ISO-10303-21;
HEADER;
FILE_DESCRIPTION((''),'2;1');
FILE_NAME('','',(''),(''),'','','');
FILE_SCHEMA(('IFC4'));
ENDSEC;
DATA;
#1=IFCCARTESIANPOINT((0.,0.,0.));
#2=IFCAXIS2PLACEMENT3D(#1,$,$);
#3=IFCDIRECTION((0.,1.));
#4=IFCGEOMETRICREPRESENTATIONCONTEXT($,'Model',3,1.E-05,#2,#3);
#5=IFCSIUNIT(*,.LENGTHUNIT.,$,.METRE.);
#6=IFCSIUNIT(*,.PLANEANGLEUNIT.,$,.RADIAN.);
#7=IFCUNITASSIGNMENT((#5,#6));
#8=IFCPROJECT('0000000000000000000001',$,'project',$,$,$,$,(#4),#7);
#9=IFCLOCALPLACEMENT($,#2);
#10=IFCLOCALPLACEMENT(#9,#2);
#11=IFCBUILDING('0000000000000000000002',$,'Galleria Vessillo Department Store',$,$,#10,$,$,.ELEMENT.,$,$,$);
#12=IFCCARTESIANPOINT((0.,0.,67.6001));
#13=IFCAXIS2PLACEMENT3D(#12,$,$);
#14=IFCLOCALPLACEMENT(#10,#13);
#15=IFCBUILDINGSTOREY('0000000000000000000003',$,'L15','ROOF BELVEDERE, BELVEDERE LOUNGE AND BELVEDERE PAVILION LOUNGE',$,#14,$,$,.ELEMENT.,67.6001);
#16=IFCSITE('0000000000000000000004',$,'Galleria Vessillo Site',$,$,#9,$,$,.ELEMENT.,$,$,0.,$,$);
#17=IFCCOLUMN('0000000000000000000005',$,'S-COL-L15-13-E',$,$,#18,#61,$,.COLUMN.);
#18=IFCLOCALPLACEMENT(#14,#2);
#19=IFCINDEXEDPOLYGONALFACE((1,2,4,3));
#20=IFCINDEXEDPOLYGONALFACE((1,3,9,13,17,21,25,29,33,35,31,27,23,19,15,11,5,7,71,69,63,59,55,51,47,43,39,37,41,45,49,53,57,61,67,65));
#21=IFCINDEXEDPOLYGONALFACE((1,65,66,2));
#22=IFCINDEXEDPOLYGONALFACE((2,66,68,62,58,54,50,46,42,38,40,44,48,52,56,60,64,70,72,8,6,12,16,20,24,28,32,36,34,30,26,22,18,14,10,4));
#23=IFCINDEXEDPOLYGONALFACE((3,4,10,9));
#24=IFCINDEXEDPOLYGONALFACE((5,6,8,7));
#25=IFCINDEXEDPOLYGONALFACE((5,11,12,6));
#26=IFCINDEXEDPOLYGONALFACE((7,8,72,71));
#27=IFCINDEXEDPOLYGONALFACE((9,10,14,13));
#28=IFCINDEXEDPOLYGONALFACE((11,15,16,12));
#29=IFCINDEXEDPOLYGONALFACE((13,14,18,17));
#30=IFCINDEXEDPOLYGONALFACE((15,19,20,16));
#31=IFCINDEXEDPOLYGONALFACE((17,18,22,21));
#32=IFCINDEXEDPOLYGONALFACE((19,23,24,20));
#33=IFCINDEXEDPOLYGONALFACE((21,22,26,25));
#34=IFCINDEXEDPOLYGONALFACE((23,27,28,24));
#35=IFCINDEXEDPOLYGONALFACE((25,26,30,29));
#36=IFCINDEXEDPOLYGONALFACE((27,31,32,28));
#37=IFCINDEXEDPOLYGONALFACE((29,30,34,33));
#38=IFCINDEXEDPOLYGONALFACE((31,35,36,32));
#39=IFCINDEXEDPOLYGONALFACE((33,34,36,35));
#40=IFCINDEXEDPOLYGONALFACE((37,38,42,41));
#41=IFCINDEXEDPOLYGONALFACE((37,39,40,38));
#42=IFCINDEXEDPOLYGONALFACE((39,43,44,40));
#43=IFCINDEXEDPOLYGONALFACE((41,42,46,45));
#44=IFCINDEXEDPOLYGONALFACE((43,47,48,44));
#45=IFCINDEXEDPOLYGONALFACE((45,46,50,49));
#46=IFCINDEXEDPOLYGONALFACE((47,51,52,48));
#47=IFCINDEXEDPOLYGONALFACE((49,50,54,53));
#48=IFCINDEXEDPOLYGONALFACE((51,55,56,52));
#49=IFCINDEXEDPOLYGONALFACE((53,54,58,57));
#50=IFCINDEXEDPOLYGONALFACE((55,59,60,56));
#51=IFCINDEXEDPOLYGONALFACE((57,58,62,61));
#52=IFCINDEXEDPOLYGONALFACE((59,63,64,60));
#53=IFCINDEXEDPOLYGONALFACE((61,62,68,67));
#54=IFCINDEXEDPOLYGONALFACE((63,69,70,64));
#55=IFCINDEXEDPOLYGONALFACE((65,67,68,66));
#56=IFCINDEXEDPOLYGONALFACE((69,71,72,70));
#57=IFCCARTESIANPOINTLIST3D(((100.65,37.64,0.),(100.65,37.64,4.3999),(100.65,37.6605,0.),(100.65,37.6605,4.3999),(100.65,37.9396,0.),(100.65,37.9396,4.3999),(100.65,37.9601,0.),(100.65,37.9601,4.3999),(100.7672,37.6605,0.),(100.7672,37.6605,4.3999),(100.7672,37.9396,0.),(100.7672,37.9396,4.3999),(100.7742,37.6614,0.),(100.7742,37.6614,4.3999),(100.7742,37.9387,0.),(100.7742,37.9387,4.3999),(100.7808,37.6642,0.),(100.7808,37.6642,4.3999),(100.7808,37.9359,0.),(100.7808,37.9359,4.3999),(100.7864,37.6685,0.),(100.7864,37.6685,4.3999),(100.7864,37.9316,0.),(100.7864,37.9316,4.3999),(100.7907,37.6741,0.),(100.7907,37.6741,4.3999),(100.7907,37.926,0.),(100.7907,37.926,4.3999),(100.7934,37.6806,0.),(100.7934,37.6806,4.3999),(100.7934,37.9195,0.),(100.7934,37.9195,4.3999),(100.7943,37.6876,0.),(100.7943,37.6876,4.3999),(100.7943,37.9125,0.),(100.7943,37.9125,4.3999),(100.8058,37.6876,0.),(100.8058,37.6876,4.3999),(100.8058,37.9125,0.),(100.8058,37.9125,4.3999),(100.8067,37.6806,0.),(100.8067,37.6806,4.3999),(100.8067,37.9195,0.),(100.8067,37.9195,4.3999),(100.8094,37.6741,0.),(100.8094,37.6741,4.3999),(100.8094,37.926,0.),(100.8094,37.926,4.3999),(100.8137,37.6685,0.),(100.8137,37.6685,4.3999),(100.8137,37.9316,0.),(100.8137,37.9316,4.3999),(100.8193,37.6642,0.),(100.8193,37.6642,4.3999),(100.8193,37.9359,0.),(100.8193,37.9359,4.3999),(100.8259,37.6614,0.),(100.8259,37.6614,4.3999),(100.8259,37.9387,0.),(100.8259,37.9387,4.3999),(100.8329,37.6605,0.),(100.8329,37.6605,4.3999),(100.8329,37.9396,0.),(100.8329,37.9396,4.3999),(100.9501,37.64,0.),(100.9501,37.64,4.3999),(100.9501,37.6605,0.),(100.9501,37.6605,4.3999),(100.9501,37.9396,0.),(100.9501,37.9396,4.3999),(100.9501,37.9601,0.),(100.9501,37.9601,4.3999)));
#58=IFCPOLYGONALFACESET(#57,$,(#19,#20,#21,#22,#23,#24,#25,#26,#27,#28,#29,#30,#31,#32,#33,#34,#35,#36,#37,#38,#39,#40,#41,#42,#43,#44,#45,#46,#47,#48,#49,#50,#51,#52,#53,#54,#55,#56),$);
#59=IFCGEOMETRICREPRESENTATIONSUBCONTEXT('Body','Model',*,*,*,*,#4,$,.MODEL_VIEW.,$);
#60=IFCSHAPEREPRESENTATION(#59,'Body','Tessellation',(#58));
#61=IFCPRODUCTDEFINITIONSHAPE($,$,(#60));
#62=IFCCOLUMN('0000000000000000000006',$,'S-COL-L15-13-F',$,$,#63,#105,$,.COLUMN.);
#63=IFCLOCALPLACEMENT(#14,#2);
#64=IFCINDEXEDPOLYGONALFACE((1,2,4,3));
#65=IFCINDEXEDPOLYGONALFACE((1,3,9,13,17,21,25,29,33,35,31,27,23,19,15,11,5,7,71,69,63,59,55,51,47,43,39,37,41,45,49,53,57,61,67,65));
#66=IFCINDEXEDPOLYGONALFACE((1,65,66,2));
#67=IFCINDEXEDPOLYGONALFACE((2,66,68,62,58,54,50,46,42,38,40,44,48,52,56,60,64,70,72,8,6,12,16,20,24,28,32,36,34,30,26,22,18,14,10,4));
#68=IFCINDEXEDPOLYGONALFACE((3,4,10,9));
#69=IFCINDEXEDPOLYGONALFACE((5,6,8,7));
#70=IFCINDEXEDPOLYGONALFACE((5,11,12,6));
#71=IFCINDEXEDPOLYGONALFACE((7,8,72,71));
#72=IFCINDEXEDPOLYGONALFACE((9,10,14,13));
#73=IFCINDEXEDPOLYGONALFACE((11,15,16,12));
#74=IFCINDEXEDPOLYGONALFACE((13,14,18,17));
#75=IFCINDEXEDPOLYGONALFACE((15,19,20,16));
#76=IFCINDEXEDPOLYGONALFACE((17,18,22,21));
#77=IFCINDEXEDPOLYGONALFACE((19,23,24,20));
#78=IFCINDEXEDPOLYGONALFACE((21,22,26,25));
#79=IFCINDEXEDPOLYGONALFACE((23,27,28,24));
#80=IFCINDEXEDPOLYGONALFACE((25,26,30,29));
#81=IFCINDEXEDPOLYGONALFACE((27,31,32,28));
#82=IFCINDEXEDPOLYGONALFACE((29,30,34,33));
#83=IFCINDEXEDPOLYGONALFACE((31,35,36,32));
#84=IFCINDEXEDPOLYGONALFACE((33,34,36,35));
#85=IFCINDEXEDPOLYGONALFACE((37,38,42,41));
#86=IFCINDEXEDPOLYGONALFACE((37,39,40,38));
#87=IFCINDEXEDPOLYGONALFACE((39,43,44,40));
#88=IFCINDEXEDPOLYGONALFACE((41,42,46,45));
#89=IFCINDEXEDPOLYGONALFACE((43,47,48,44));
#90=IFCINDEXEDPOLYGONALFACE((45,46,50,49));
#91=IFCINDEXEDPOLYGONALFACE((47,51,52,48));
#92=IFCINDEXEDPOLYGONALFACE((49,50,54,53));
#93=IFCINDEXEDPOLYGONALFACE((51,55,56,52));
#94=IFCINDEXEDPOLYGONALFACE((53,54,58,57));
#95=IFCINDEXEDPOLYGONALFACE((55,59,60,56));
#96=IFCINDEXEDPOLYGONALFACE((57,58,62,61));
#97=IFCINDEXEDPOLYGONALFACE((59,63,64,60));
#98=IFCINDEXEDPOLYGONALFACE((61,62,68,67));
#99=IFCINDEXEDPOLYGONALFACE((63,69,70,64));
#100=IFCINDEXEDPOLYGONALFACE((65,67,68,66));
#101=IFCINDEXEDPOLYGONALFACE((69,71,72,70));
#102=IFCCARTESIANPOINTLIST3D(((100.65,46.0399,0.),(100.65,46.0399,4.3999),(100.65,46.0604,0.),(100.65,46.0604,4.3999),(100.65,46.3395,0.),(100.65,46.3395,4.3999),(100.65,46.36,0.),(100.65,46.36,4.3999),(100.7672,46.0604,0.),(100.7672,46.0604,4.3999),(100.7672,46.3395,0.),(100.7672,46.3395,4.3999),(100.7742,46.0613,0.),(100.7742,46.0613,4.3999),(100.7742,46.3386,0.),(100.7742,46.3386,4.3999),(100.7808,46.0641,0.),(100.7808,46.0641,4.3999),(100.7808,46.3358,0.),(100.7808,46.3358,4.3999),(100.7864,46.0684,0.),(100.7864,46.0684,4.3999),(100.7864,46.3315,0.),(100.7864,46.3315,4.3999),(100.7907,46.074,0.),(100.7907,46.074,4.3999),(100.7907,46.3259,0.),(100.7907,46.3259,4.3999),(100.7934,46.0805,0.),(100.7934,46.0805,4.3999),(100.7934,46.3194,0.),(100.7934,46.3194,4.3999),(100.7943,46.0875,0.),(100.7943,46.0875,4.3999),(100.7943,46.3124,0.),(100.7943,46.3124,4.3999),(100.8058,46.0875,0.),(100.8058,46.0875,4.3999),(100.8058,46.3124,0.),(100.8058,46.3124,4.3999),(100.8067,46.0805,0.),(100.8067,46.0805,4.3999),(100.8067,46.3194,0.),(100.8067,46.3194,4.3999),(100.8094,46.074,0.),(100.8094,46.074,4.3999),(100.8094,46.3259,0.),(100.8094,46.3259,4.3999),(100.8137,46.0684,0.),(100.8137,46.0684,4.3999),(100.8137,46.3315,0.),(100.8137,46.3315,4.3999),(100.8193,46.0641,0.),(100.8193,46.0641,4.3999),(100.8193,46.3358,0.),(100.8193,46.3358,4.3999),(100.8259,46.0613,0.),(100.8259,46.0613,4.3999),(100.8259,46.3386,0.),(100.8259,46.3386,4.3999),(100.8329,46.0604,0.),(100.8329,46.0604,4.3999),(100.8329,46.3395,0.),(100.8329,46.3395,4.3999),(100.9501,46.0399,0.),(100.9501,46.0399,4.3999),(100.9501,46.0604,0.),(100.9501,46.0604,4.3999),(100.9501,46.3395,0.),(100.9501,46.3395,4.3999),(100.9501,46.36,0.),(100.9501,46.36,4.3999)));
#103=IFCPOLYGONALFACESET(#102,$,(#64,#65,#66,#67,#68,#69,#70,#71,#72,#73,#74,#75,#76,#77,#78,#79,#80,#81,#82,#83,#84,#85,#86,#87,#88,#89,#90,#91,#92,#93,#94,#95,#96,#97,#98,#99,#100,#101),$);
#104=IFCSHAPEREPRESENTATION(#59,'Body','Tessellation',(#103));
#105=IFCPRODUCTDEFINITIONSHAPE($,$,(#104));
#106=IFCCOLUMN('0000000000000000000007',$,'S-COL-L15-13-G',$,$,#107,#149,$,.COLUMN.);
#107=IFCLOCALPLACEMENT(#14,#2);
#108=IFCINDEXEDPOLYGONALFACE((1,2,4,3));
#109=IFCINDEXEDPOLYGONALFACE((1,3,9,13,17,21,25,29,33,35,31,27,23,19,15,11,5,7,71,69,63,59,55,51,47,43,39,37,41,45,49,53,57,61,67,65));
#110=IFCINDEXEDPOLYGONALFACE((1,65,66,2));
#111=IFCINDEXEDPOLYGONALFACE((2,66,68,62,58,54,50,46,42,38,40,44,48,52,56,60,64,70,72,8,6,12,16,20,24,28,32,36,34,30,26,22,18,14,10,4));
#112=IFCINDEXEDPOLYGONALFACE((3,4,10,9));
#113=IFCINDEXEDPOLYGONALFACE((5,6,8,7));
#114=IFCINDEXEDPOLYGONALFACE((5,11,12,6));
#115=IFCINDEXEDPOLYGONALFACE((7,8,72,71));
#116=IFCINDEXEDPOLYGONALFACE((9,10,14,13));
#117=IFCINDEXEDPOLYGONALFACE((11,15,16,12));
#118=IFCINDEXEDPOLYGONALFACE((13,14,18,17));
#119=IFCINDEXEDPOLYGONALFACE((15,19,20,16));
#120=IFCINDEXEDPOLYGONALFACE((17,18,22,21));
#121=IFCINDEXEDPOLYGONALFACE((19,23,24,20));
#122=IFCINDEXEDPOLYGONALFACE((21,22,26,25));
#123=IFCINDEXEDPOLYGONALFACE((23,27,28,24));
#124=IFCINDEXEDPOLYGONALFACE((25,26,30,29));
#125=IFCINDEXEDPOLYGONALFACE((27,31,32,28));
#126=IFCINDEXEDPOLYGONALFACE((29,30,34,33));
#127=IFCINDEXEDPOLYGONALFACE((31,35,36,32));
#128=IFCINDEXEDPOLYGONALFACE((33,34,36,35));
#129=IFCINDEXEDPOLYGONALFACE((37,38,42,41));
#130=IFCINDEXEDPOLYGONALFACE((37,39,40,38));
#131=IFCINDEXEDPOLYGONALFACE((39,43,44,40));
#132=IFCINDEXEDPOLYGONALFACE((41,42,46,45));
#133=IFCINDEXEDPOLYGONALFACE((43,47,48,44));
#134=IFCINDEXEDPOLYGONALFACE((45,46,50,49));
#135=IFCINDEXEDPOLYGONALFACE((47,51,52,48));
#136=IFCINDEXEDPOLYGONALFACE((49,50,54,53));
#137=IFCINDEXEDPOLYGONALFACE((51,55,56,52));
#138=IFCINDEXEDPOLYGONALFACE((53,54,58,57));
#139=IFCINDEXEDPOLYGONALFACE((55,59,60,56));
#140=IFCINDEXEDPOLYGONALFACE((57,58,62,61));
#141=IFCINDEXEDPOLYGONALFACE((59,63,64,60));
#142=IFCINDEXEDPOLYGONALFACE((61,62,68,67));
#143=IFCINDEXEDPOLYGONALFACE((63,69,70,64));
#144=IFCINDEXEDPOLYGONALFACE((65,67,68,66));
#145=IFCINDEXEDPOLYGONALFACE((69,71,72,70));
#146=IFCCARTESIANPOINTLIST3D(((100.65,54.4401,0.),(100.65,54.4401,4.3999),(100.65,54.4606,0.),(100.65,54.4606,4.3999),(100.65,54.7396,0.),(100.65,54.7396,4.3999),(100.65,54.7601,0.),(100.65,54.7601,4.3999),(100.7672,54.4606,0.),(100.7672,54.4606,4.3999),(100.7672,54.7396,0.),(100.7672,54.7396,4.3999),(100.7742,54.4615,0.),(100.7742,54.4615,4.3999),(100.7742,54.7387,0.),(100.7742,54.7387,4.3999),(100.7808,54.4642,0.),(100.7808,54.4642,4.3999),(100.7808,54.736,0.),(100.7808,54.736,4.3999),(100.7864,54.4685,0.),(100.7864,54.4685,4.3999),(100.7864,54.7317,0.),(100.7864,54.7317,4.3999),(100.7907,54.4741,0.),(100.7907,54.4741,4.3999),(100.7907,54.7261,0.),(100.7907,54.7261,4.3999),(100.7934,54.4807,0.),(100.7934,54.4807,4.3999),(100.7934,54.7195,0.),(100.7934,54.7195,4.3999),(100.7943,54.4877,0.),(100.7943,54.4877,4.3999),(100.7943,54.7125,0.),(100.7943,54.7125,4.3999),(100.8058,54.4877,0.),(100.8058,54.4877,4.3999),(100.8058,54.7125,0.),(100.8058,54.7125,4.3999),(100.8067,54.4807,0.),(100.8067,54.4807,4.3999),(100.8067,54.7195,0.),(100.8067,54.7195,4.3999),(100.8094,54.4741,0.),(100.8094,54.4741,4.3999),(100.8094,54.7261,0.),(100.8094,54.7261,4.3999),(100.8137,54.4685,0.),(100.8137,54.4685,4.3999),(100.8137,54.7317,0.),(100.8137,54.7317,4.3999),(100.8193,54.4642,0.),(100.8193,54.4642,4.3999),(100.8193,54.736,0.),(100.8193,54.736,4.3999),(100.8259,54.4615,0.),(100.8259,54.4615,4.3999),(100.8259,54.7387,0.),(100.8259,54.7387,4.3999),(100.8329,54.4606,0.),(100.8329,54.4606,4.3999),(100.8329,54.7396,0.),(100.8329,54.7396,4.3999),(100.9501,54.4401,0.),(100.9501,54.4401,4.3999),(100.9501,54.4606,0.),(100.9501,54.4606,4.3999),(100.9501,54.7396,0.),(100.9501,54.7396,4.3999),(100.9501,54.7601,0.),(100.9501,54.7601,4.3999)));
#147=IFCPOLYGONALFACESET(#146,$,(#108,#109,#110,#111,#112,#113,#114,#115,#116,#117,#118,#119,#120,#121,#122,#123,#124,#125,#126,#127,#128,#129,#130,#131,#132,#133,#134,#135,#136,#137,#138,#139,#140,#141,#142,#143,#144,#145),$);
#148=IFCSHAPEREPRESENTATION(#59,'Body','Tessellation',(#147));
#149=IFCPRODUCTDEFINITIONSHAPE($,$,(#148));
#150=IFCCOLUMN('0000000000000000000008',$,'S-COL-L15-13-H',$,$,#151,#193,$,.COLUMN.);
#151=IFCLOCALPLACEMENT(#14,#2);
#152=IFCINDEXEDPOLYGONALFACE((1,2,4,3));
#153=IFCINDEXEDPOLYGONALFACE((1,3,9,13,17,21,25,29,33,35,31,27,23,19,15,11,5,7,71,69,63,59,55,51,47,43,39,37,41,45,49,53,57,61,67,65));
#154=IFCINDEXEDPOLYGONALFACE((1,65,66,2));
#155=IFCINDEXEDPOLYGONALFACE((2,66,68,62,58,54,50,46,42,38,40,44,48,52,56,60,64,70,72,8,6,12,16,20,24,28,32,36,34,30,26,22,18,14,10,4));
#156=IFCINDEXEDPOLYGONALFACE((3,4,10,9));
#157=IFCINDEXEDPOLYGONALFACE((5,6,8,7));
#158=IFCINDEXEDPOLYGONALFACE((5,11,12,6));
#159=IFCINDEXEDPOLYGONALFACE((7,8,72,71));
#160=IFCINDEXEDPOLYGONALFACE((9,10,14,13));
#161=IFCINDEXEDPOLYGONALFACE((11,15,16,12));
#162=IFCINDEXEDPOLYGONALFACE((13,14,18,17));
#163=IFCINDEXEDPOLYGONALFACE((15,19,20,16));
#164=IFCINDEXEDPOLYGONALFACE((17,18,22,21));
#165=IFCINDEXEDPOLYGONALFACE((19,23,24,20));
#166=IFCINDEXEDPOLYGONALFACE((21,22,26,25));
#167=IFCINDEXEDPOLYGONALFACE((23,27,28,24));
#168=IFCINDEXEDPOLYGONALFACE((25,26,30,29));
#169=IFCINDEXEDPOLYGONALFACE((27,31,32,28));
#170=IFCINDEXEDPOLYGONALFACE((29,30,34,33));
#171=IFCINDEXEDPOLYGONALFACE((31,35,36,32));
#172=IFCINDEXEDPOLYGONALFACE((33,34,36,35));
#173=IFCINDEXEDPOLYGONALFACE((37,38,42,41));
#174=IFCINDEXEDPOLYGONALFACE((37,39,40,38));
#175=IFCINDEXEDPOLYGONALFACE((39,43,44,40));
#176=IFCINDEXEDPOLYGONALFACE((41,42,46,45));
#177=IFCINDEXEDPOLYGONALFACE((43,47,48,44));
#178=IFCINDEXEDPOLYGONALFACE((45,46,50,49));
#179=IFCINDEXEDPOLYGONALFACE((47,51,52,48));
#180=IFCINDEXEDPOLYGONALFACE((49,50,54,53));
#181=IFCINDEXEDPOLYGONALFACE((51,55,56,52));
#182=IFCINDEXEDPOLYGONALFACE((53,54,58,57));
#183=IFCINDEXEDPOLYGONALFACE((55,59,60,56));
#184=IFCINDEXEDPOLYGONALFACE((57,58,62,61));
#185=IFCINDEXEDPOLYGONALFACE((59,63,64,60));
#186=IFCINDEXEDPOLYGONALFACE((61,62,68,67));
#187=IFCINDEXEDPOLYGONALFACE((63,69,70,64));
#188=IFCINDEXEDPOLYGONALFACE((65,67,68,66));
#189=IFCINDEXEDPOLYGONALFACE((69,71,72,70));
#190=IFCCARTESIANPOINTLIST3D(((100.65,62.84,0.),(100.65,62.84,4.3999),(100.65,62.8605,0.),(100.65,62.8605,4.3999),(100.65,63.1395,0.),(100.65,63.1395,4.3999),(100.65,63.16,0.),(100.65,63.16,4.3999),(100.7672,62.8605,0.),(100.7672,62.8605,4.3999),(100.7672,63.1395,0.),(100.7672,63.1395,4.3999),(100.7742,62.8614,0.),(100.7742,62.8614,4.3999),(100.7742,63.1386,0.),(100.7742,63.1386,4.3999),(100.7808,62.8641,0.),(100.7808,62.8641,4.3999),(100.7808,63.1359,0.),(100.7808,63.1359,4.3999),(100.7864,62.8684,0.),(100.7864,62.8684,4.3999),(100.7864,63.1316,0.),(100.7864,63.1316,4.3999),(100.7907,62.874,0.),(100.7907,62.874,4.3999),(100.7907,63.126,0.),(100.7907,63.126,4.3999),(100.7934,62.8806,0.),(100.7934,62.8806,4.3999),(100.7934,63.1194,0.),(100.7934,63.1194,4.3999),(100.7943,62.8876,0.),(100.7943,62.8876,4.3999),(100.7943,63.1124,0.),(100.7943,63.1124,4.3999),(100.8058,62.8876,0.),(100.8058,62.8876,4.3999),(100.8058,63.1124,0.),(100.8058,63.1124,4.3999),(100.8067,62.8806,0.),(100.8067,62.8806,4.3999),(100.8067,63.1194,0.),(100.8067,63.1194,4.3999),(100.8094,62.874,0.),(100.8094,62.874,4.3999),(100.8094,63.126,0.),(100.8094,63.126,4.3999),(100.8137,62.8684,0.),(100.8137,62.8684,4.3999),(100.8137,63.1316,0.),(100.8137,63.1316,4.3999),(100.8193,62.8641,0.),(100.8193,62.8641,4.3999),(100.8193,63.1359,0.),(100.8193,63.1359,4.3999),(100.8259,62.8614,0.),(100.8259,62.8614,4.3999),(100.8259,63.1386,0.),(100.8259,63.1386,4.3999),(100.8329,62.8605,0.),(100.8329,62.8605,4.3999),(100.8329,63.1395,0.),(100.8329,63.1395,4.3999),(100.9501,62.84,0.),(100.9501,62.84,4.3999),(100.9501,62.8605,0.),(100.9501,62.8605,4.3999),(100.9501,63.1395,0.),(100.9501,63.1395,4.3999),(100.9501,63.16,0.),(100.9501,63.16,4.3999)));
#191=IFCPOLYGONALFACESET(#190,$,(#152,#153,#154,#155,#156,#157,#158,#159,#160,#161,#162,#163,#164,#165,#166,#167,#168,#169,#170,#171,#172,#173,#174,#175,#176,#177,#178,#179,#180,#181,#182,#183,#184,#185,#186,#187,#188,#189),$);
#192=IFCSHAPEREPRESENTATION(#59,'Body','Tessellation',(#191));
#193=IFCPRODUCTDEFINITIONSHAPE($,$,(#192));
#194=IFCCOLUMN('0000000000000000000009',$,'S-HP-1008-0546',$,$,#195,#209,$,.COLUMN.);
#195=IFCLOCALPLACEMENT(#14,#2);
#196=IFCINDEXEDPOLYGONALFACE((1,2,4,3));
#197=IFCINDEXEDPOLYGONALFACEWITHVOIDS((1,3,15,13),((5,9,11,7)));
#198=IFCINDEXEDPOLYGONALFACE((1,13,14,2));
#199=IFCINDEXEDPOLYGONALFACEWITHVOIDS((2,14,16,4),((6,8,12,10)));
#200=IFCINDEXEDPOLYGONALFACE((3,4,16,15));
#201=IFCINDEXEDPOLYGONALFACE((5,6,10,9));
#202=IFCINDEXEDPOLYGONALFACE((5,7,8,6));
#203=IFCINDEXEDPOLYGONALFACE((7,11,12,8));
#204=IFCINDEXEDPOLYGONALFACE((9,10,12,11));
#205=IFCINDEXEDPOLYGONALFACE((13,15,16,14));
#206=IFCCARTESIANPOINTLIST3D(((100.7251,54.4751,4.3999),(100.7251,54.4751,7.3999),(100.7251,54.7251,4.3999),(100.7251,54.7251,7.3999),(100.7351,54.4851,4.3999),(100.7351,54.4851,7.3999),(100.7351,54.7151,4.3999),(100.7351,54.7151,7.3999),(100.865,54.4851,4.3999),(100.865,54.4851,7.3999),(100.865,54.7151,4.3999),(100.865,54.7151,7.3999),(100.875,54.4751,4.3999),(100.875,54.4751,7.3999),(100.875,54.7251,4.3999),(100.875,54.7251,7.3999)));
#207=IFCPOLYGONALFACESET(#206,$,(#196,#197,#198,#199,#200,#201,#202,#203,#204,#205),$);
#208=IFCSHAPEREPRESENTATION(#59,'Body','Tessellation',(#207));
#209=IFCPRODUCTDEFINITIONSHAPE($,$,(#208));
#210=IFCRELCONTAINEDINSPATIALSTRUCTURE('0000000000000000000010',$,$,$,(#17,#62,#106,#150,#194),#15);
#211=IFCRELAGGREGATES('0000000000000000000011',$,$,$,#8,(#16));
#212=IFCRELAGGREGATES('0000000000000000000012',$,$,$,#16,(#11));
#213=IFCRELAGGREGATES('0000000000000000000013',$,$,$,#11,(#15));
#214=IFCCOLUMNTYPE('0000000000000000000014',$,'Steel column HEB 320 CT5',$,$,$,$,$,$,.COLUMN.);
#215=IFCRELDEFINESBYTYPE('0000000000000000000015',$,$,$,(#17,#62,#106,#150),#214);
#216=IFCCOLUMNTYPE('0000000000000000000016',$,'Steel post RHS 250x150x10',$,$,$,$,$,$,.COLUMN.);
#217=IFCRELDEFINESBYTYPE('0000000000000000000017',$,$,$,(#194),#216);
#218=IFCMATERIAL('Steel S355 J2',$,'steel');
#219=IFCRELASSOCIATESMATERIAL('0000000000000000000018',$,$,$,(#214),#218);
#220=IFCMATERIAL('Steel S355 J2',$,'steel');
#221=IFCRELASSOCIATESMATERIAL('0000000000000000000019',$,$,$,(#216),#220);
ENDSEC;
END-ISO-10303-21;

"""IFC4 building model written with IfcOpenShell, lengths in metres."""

from ifc_helpers import new_model, si_unit, direction, frame, origin, origin_2d, place, context, subcontext, project, spatial, hollow_rectangle, i_section, extrude, material, material_profile, profile_set, type_object, element, save


model = new_model("IFC4")

# Units and contexts
model_context = context("Model", 3, precision=1e-05, world=origin(), true_north=direction((0.0, 1.0)))
body_context = subcontext(model_context, "Body", "Model", "MODEL_VIEW")
ifc_project = project(units=[si_unit("LENGTHUNIT", "METRE"), si_unit("PLANEANGLEUNIT", "RADIAN")], contexts=[model_context])

# Site, building, storey
site_placement = place(None, origin())
site = spatial("IfcSite", under=ifc_project, at=site_placement, Name="Galleria Vessillo Site", CompositionType="ELEMENT", RefElevation=0.0)
building_placement = place(site_placement, origin())
building = spatial("IfcBuilding", under=site, at=building_placement, Name="Galleria Vessillo Department Store", CompositionType="ELEMENT")
storey_placement = place(building_placement, frame((0.0, 0.0, 67.6001)))
storey = spatial("IfcBuildingStorey", under=building, at=storey_placement, Name="L15", Description="ROOF BELVEDERE, BELVEDERE LOUNGE AND BELVEDERE PAVILION LOUNGE", CompositionType="ELEMENT", Elevation=67.6001)

# Columns
ifc_material_1 = material(Name="Steel S355 J2", Category="steel")
ifc_material_profile_1 = material_profile(ifc_material_1, i_section(OverallWidth=0.3, OverallDepth=0.3201, WebThickness=0.0115, FlangeThickness=0.0205, FilletRadius=0.0271, at=origin_2d()), Name="HEB 320")
ifc_profile_set_1 = profile_set([ifc_material_profile_1], Name="Steel S355 J2")
column_type_1 = type_object("IfcColumnType", Name="Steel column HEB 320 CT5", PredefinedType="COLUMN", material=ifc_profile_set_1)
for number, where, z_axis, x_axis, name in (
    (1, (100.8, 37.8, 0.0), (0.0, 0.0, 1.0), (1.0, 0.0, 0.0), "S-COL-L15-13-E"),
    (2, (100.8, 46.2, 0.0), (0.0, 0.0, 1.0), (1.0, 0.0, 0.0), "S-COL-L15-13-F"),
    (3, (100.8, 54.6001, 0.0), (0.0, 0.0, 1.0), (1.0, 0.0, 0.0), "S-COL-L15-13-G"),
    (4, (100.8, 63.0, 0.0), (0.0, 0.0, 1.0), (1.0, 0.0, 0.0), "S-COL-L15-13-H"),
):
    element("IfcColumn", number, at=place(storey_placement, frame(where, z_axis=z_axis, x_axis=x_axis)), inside=storey, type_object=column_type_1, Name=name, PredefinedType="COLUMN", context=body_context, shape_type="SweptSolid", body=[
        extrude(i_section(OverallWidth=0.3, OverallDepth=0.3201, WebThickness=0.0115, FlangeThickness=0.0205, FilletRadius=0.0271, at=origin_2d()), origin(), (0.0, 0.0, 1.0), 4.3999),
    ])
ifc_material_2 = material(Name="Steel S355 J2", Category="steel")
ifc_material_profile_2 = material_profile(ifc_material_2, hollow_rectangle(XDim=0.1499, YDim=0.25, WallThickness=0.01, at=origin_2d()), Name="RHS 250x150x10")
ifc_profile_set_2 = profile_set([ifc_material_profile_2], Name="Steel S355 J2")
column_type_2 = type_object("IfcColumnType", Name="Steel post RHS 250x150x10", PredefinedType="COLUMN", material=ifc_profile_set_2)
for number, where, z_axis, x_axis, name in (
    (5, (100.8, 54.6001, 4.3999), (0.0, 0.0, 1.0), (1.0, 0.0, 0.0), "S-HP-1008-0546"),
):
    element("IfcColumn", number, at=place(storey_placement, frame(where, z_axis=z_axis, x_axis=x_axis)), inside=storey, type_object=column_type_2, Name=name, PredefinedType="COLUMN", context=body_context, shape_type="SweptSolid", body=[
        extrude(hollow_rectangle(XDim=0.1499, YDim=0.25, WallThickness=0.01, at=origin_2d()), origin(), (0.0, 0.0, 1.0), 3.0),
    ])

save(model, "model.ifc")
